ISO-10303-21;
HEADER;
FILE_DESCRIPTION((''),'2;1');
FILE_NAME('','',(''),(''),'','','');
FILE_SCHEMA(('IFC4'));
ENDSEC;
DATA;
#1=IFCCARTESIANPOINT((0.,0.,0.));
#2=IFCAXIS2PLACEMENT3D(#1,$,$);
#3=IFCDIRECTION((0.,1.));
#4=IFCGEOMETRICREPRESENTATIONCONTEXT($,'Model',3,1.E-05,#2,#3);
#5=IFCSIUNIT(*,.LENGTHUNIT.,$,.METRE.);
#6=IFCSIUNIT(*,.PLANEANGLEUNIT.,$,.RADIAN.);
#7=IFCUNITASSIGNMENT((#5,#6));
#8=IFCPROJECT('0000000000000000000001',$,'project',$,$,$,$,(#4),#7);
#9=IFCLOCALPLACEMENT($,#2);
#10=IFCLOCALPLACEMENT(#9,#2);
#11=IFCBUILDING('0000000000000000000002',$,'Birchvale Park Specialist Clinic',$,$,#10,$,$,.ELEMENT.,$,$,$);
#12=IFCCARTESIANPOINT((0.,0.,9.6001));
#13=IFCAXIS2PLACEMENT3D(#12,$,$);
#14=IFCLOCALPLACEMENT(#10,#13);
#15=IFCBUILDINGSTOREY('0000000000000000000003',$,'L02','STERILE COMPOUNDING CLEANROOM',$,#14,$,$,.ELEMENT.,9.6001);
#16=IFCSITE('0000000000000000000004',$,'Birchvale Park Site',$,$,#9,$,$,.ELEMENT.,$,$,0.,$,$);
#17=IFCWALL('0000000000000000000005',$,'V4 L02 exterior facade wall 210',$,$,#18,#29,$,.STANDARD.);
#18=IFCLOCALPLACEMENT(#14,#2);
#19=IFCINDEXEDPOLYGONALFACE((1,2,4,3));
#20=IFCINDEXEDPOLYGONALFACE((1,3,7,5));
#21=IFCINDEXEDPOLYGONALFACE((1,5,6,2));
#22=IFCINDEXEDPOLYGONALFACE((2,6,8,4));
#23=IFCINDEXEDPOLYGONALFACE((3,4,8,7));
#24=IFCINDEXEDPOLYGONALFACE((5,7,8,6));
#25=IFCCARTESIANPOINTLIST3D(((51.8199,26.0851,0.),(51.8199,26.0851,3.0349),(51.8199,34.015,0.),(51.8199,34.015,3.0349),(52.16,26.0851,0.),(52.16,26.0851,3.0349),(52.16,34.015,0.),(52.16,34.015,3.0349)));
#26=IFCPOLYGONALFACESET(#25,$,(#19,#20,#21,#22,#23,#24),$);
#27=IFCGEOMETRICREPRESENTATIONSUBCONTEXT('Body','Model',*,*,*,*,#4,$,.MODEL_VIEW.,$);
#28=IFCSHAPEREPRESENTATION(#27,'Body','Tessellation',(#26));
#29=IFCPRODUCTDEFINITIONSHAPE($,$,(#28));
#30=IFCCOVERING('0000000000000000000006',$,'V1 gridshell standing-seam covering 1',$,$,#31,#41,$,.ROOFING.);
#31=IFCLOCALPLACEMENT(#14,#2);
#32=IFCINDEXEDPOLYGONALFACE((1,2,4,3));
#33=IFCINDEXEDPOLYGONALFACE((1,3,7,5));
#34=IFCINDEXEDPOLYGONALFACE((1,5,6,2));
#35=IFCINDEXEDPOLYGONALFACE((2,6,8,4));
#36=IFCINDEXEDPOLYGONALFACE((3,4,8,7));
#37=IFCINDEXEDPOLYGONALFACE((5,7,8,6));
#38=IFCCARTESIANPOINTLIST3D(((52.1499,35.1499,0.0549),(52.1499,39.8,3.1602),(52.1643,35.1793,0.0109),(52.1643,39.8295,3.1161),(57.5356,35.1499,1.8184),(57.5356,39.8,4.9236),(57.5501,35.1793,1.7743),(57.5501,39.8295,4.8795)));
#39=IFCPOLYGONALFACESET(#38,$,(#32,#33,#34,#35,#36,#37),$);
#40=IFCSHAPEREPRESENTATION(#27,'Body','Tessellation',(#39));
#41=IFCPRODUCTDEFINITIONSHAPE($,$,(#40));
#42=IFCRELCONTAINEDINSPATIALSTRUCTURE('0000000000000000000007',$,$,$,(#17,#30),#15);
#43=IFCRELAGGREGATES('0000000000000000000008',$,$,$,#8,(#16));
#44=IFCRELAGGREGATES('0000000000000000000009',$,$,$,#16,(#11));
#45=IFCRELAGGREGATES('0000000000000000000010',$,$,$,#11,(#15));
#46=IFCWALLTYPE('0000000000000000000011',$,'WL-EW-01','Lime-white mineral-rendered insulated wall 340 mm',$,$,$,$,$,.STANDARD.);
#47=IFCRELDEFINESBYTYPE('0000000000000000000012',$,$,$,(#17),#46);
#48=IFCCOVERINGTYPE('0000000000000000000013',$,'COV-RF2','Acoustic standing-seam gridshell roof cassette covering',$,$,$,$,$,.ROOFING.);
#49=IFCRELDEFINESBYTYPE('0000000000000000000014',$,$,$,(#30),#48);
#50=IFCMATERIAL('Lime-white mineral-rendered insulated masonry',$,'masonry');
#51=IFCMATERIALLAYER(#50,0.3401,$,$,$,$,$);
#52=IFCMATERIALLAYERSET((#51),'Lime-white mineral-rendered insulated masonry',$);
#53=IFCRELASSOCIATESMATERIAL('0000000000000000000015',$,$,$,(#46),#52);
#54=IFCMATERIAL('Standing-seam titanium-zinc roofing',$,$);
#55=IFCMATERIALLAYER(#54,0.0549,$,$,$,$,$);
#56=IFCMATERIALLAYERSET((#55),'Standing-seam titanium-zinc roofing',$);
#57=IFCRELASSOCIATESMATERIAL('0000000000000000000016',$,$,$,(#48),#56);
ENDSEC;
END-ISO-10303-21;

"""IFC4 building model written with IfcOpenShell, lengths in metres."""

from ifc_helpers import new_model, si_unit, direction, frame, frame_2d, origin, place, context, subcontext, project, spatial, polyline, rectangle, outline, extrude, material, layer, layer_set, type_object, element, save


model = new_model("IFC4")

# Units and contexts
model_context = context("Model", 3, precision=1e-05, world=origin(), true_north=direction((0.0, 1.0)))
body_context = subcontext(model_context, "Body", "Model", "MODEL_VIEW")
ifc_project = project(units=[si_unit("LENGTHUNIT", "METRE"), si_unit("PLANEANGLEUNIT", "RADIAN")], contexts=[model_context])

# Site, building, storey
site_placement = place(None, origin())
site = spatial("IfcSite", under=ifc_project, at=site_placement, Name="Birchvale Park Site", CompositionType="ELEMENT", RefElevation=0.0)
building_placement = place(site_placement, origin())
building = spatial("IfcBuilding", under=site, at=building_placement, Name="Birchvale Park Specialist Clinic", CompositionType="ELEMENT")
storey_placement = place(building_placement, frame((0.0, 0.0, 9.6001)))
storey = spatial("IfcBuildingStorey", under=building, at=storey_placement, Name="L02", Description="STERILE COMPOUNDING CLEANROOM", CompositionType="ELEMENT", Elevation=9.6001)

# Wall
ifc_material_1 = material(Name="Lime-white mineral-rendered insulated masonry", Category="masonry")
ifc_layer_1 = layer(ifc_material_1, 0.3401)
ifc_layer_set_1 = layer_set([ifc_layer_1], Name="Lime-white mineral-rendered insulated masonry")
wall_type = type_object("IfcWallType", Name="WL-EW-01", Description="Lime-white mineral-rendered insulated wall 340 mm", PredefinedType="STANDARD", material=ifc_layer_set_1)
wall_placement = place(storey_placement, frame((51.99, 34.0149, 0.0), z_axis=(0.0, 0.0, 1.0), x_axis=(0.0, -1.0, 0.0)))
element("IfcWall", 1, at=wall_placement, inside=storey, type_object=wall_type, Name="V4 L02 exterior facade wall 210", PredefinedType="STANDARD", context=body_context, shape_type="SweptSolid", body=[
    extrude(rectangle(XDim=7.9299, YDim=0.3401, at=frame_2d((3.9648, 0.0))), origin(), (0.0, 0.0, 1.0), 3.0349),
])

# Covering
ifc_material_2 = material(Name="Standing-seam titanium-zinc roofing")
ifc_layer_2 = layer(ifc_material_2, 0.0549)
ifc_layer_set_2 = layer_set([ifc_layer_2], Name="Standing-seam titanium-zinc roofing")
covering_type = type_object("IfcCoveringType", Name="COV-RF2", Description="Acoustic standing-seam gridshell roof cassette covering", PredefinedType="ROOFING", material=ifc_layer_set_2)
covering_placement = place(storey_placement, frame((52.1499, 35.1499, 0.0549), z_axis=(-0.26273, -0.535826, 0.802411), x_axis=(0.950354, 0.0, 0.31117)))
element("IfcCovering", 2, at=covering_placement, inside=storey, type_object=covering_type, Name="V1 gridshell standing-seam covering 1", PredefinedType="ROOFING", context=body_context, shape_type="SweptSolid", body=[
    extrude(outline(polyline([(0.0, 0.0), (5.6671, 0.0), (6.6333, 5.5075), (0.9663, 5.5075), (0.0, 0.0)])), origin(), (0.0, 0.0, -1.0), 0.0549),
])

save(model, "model.ifc")
